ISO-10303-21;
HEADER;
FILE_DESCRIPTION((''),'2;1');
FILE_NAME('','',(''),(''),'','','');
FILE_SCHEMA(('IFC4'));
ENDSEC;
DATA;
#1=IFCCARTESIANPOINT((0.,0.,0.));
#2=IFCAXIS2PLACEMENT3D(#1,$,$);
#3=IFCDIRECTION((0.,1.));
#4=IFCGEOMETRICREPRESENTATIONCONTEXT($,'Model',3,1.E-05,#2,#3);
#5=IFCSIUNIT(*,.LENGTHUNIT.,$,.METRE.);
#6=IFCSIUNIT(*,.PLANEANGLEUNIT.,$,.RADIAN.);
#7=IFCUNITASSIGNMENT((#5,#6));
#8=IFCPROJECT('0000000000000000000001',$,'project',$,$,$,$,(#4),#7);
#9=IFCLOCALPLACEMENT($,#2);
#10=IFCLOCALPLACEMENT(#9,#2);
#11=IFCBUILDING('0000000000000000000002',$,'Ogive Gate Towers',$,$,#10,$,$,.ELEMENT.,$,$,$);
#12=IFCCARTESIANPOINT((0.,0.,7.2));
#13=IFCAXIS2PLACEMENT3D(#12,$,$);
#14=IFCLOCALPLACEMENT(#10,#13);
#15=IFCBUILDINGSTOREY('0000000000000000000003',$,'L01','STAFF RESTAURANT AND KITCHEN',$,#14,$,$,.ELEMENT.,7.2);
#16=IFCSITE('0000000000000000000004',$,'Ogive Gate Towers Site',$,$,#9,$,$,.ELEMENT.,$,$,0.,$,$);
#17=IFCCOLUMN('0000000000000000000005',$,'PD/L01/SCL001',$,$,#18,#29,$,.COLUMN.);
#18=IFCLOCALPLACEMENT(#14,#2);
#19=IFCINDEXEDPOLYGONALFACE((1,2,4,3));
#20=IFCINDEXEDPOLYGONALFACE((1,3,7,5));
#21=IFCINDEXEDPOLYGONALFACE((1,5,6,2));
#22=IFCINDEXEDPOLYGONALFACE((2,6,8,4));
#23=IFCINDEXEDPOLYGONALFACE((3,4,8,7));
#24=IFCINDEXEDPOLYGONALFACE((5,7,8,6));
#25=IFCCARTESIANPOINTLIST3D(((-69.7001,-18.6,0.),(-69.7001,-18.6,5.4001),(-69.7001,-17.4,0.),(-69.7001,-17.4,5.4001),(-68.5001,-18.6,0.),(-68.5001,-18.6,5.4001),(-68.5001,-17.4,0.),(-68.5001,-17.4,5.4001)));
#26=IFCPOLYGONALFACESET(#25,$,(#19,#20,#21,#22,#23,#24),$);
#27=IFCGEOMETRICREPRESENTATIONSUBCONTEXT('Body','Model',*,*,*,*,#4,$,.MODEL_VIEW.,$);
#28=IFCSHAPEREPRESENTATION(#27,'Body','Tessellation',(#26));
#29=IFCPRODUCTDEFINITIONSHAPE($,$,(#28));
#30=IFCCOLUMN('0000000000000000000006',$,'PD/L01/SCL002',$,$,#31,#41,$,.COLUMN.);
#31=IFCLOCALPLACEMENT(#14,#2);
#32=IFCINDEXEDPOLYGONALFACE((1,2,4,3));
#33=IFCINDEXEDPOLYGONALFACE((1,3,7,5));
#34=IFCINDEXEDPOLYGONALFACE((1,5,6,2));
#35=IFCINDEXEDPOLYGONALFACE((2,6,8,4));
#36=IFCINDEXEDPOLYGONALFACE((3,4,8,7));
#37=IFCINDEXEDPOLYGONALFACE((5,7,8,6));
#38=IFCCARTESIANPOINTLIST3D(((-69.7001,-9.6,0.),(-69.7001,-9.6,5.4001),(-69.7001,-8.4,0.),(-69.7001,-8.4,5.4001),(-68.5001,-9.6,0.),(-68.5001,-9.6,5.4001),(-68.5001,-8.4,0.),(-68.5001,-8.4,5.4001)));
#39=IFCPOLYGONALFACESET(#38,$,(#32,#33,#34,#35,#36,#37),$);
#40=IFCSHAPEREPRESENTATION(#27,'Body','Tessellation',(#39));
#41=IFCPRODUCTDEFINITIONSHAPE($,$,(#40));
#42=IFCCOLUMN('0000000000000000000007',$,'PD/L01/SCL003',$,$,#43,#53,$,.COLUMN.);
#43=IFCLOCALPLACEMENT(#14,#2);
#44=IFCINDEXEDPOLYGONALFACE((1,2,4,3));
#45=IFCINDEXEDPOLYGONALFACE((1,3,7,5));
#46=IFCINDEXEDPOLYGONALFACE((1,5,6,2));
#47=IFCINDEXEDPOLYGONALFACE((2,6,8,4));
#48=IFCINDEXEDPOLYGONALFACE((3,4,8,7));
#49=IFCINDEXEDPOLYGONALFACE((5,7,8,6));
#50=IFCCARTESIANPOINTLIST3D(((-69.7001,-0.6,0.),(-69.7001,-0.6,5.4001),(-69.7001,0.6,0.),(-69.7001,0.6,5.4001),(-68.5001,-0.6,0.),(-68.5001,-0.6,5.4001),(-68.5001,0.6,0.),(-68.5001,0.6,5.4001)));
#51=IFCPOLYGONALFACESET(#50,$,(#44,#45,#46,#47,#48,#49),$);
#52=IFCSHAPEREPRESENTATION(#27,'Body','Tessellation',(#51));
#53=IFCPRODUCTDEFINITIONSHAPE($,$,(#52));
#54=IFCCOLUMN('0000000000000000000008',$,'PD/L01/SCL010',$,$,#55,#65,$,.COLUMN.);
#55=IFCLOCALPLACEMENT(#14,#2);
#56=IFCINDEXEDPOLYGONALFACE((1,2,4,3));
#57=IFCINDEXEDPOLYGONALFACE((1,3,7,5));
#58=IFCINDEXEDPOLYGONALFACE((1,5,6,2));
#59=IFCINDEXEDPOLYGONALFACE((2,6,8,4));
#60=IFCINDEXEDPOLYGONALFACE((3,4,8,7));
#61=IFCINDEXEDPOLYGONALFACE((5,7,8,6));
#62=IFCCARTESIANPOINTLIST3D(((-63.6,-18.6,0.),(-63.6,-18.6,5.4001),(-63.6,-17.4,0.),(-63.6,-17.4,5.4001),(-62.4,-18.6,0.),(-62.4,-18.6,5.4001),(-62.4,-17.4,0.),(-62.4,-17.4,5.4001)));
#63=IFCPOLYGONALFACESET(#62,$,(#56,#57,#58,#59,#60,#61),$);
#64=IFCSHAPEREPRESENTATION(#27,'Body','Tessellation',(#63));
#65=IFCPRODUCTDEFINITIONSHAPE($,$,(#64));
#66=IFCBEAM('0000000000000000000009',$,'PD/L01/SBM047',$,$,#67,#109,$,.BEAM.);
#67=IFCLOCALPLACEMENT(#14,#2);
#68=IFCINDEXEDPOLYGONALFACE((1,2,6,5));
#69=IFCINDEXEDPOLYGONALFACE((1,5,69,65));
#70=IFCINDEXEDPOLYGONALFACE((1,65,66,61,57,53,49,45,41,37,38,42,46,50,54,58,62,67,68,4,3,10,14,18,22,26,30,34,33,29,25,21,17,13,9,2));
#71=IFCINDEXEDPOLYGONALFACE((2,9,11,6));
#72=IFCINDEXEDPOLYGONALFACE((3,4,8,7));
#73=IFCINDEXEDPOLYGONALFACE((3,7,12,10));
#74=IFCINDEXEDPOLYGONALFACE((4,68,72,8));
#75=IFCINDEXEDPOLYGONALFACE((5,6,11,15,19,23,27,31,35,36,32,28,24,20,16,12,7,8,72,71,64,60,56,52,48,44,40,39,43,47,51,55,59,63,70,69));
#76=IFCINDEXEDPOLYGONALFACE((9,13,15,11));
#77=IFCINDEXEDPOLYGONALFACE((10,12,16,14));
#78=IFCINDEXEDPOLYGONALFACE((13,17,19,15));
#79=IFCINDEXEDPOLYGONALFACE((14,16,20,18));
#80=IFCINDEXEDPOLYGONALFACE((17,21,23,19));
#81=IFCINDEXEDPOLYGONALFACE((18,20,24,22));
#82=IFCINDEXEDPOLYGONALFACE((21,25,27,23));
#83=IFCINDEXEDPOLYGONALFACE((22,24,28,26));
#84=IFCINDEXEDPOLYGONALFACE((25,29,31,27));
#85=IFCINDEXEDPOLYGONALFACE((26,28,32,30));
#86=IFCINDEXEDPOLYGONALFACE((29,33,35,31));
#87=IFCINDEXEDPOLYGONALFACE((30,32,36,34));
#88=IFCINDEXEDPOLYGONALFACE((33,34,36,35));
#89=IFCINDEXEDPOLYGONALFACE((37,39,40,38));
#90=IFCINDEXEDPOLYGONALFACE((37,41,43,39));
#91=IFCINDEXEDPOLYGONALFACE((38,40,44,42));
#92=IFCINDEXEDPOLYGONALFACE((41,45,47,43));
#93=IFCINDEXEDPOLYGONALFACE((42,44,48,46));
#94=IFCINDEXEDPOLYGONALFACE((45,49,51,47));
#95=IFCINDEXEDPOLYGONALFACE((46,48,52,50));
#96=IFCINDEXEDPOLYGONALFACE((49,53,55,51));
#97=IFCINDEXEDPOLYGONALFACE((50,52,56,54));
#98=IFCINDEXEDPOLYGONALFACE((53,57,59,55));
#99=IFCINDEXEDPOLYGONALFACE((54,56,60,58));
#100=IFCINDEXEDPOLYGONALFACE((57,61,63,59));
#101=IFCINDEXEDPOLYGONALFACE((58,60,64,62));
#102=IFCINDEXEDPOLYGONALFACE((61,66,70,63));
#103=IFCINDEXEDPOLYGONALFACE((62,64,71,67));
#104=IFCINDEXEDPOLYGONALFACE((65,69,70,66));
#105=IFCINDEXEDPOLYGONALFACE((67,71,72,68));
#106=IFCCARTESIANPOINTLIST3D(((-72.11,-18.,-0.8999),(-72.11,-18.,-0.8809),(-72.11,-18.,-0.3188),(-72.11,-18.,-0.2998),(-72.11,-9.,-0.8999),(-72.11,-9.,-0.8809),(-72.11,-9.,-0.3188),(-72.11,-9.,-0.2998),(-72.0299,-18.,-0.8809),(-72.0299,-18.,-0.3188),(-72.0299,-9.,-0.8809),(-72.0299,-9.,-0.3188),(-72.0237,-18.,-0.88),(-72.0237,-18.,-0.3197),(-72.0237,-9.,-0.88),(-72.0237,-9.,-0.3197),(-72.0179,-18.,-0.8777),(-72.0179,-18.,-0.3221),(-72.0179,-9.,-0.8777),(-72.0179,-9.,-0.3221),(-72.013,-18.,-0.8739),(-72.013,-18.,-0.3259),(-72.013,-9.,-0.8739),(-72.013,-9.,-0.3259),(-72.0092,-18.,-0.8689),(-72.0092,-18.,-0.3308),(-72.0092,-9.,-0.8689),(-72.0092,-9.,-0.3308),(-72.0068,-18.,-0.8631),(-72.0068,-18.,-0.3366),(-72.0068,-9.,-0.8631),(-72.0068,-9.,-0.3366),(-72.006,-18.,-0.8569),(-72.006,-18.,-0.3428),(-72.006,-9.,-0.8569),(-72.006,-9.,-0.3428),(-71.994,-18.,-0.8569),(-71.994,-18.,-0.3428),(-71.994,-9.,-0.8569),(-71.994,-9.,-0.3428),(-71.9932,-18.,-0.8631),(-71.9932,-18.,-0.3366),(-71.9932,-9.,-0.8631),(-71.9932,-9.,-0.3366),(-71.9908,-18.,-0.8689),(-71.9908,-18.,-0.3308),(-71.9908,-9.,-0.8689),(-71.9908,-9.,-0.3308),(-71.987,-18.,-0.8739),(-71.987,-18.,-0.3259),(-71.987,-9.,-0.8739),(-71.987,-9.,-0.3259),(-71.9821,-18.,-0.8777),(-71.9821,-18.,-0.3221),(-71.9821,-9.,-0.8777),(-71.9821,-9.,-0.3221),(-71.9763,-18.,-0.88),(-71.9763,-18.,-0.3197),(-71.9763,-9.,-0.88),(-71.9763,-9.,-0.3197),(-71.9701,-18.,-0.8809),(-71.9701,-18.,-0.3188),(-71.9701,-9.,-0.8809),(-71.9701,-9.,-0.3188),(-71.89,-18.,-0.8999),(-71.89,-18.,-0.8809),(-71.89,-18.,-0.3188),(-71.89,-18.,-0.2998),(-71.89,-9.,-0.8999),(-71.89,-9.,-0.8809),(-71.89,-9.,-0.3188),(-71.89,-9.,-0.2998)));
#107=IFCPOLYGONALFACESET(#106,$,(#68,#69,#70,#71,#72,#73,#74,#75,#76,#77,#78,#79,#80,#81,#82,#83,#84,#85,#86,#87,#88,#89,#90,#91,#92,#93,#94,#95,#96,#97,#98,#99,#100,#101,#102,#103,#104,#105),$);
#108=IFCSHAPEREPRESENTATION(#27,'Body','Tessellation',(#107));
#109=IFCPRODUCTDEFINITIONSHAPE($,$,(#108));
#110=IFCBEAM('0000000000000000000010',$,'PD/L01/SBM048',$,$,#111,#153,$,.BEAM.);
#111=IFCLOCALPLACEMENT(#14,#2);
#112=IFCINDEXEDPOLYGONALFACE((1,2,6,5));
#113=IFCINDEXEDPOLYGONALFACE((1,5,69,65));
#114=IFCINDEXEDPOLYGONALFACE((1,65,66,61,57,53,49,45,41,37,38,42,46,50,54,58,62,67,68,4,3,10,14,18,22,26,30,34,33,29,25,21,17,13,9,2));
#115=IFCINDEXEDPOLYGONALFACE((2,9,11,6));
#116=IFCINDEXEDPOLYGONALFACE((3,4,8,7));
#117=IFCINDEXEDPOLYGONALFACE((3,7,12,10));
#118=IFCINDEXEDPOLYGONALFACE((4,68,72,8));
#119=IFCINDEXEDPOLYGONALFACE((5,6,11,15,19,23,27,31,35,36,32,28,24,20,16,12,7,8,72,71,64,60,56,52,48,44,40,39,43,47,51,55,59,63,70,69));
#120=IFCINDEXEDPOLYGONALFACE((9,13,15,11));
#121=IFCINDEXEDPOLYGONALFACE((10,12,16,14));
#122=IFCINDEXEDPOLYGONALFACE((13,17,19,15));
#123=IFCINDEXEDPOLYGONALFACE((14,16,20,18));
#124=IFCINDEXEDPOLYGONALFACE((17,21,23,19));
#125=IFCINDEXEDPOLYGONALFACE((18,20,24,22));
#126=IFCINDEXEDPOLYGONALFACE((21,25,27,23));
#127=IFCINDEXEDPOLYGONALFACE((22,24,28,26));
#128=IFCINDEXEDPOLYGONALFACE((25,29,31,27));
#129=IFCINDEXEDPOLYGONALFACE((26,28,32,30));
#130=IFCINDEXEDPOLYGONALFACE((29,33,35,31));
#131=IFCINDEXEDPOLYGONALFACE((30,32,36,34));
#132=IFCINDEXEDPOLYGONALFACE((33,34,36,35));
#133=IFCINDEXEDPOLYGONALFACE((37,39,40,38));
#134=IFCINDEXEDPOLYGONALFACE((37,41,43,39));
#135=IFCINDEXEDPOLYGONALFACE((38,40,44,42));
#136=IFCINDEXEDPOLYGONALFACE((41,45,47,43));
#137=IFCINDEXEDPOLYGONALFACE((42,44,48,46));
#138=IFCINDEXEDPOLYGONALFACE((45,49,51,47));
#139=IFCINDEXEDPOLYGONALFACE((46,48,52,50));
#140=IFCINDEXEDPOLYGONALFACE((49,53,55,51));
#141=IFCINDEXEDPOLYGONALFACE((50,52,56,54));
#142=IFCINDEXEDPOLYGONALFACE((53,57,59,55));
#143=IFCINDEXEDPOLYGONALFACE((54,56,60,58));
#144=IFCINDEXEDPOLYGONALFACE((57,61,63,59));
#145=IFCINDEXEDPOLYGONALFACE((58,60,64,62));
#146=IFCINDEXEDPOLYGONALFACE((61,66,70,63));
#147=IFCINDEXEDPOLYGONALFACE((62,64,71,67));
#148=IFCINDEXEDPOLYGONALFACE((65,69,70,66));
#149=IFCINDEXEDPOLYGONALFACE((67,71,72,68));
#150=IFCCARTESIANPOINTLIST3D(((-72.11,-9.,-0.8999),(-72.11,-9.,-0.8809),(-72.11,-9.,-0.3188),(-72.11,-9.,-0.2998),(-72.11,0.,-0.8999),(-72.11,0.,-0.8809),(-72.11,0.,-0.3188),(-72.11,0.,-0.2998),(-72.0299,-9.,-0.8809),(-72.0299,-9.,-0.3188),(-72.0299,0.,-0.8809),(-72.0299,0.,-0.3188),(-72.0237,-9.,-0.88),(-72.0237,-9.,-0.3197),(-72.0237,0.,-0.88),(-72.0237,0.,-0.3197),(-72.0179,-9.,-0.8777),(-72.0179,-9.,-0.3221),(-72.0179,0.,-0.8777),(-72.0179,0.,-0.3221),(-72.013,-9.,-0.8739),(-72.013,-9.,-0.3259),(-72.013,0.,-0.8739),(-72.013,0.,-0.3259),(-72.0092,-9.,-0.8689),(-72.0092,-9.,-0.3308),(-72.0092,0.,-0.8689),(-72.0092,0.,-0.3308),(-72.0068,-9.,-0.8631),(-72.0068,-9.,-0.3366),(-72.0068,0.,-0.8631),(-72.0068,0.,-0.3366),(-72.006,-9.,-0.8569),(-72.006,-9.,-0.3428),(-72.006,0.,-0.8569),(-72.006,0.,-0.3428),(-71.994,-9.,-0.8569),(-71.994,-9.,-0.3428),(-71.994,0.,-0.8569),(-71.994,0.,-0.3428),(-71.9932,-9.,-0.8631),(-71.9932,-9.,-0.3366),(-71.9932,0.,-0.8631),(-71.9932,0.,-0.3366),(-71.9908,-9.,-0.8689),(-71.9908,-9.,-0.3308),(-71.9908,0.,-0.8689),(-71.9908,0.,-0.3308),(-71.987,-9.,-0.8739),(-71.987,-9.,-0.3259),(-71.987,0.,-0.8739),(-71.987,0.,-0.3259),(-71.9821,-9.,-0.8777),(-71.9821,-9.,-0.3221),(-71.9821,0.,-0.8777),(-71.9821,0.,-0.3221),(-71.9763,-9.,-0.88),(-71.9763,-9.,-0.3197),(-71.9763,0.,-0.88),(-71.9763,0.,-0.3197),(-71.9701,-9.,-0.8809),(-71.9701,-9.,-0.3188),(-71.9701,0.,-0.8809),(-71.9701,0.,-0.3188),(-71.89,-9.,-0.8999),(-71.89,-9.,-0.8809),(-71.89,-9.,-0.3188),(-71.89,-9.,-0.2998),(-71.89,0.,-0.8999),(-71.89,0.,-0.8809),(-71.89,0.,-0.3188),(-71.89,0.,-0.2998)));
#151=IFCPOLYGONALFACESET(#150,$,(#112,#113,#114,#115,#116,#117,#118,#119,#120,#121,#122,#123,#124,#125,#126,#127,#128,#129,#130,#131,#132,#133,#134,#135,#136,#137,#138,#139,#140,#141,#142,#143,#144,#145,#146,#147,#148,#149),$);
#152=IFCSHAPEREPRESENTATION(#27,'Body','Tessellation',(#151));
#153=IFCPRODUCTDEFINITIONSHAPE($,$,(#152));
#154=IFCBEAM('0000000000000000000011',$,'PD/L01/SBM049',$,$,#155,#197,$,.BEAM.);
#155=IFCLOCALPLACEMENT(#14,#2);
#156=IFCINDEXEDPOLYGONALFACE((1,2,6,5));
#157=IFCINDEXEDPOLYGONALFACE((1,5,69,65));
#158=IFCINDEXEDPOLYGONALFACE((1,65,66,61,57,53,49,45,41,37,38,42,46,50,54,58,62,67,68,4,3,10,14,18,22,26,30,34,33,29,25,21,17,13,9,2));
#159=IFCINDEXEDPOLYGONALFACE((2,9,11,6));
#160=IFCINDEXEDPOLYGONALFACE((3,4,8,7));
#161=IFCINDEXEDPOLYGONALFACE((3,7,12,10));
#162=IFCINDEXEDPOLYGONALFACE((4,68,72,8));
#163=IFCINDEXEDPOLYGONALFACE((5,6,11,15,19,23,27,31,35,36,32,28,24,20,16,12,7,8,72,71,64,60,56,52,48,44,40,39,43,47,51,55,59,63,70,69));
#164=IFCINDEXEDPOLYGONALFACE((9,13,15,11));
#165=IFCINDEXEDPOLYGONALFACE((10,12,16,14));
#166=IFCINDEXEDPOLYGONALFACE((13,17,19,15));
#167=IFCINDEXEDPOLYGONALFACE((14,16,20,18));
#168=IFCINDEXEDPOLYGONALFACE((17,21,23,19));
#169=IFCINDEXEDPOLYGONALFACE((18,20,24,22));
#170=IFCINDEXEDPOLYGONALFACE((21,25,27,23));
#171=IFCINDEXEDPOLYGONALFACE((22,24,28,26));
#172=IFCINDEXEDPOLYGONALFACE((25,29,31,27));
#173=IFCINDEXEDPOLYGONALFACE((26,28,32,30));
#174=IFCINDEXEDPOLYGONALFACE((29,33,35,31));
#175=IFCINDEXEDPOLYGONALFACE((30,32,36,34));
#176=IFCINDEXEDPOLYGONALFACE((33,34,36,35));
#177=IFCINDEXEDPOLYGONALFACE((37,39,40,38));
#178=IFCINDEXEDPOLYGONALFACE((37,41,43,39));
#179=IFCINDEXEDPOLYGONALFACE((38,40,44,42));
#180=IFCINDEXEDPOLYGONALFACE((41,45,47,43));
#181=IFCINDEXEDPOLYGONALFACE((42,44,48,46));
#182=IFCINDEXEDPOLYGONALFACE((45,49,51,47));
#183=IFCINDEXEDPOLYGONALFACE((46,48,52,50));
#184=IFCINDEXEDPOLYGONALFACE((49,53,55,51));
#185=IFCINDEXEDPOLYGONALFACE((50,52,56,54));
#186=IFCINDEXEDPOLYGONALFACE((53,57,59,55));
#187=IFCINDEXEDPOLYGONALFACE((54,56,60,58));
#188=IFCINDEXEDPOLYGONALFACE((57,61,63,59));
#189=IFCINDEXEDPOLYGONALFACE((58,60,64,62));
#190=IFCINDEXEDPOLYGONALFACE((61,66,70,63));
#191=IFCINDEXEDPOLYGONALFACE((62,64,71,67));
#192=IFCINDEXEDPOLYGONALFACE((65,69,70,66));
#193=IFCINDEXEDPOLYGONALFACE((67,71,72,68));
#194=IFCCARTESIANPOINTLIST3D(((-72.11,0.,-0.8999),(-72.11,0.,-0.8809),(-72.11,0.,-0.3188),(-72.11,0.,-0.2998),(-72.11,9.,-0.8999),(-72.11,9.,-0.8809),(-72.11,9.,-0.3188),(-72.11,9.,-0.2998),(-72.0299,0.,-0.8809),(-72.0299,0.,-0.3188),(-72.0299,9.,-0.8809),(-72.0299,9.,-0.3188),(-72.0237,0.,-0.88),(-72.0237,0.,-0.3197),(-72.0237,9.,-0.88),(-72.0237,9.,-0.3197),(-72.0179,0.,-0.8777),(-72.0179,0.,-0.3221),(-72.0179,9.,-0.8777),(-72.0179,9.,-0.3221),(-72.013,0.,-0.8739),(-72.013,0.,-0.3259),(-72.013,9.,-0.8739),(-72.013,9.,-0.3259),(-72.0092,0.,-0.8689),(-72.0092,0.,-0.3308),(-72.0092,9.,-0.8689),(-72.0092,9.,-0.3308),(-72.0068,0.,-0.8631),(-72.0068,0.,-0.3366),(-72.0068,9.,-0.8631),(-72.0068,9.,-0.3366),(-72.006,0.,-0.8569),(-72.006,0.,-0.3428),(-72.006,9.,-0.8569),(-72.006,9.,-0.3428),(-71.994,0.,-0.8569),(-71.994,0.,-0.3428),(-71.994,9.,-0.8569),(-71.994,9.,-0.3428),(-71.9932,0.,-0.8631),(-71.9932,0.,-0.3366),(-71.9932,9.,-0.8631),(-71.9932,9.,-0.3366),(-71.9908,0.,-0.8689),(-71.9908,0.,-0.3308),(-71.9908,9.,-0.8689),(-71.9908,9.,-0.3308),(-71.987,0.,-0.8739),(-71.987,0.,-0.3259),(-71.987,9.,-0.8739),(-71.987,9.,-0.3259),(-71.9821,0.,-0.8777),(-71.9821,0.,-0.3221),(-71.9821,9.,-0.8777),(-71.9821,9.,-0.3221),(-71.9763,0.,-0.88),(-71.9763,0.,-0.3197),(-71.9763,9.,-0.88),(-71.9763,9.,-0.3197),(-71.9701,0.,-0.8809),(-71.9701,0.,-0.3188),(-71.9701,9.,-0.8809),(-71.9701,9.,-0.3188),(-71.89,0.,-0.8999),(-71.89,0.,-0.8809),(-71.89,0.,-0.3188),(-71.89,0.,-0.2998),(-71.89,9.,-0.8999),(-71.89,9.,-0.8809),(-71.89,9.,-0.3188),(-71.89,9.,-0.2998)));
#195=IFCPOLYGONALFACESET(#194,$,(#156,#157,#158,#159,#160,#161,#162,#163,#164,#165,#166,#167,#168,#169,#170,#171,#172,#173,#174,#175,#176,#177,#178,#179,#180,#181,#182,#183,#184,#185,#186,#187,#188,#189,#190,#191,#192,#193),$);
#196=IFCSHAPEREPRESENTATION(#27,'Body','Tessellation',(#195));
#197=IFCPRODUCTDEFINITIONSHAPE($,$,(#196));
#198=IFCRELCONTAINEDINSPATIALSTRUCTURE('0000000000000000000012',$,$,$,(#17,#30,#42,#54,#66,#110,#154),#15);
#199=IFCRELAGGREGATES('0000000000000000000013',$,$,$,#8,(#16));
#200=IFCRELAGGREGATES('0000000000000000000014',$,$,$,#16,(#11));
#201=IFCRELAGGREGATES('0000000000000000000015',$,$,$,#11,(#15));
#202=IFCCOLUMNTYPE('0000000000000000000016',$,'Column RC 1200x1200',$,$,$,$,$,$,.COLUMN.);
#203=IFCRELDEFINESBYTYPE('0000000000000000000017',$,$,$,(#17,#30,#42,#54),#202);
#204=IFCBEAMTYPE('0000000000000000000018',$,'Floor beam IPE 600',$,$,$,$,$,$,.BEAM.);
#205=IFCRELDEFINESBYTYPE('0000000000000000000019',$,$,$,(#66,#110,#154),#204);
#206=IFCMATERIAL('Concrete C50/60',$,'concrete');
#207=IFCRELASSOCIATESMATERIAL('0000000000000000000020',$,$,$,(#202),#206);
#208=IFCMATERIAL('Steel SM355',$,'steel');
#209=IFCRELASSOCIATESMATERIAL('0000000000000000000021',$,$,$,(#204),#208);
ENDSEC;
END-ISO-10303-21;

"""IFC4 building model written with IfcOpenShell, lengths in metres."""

from ifc_helpers import new_model, si_unit, direction, frame, origin, origin_2d, place, context, subcontext, project, spatial, rectangle, i_section, extrude, material, material_profile, profile_set, type_object, element, save


model = new_model("IFC4")

# Units and contexts
model_context = context("Model", 3, precision=1e-05, world=origin(), true_north=direction((0.0, 1.0)))
body_context = subcontext(model_context, "Body", "Model", "MODEL_VIEW")
ifc_project = project(units=[si_unit("LENGTHUNIT", "METRE"), si_unit("PLANEANGLEUNIT", "RADIAN")], contexts=[model_context])

# Site, building, storey
site_placement = place(None, origin())
site = spatial("IfcSite", under=ifc_project, at=site_placement, Name="Ogive Gate Towers Site", CompositionType="ELEMENT", RefElevation=0.0)
building_placement = place(site_placement, origin())
building = spatial("IfcBuilding", under=site, at=building_placement, Name="Ogive Gate Towers", CompositionType="ELEMENT")
storey_placement = place(building_placement, frame((0.0, 0.0, 7.2)))
storey = spatial("IfcBuildingStorey", under=building, at=storey_placement, Name="L01", Description="STAFF RESTAURANT AND KITCHEN", CompositionType="ELEMENT", Elevation=7.2)

# Columns
ifc_material_1 = material(Name="Concrete C50/60", Category="concrete")
ifc_material_profile_1 = material_profile(ifc_material_1, rectangle(XDim=1.2, YDim=1.2, at=origin_2d()), Name="RC 1200x1200")
ifc_profile_set_1 = profile_set([ifc_material_profile_1], Name="Concrete C50/60")
column_type = type_object("IfcColumnType", Name="Column RC 1200x1200", PredefinedType="COLUMN", material=ifc_profile_set_1)
for number, where, z_axis, x_axis, name in (
    (1, (-69.1001, -18.0, 0.0), (0.0, 0.0, 1.0), (1.0, 0.0, 0.0), "PD/L01/SCL001"),
    (2, (-69.1001, -9.0, 0.0), (0.0, 0.0, 1.0), (1.0, 0.0, 0.0), "PD/L01/SCL002"),
    (3, (-69.1001, 0.0, 0.0), (0.0, 0.0, 1.0), (1.0, 0.0, 0.0), "PD/L01/SCL003"),
    (4, (-63.0, -18.0, 0.0), (0.0, 0.0, 1.0), (1.0, 0.0, 0.0), "PD/L01/SCL010"),
):
    element("IfcColumn", number, at=place(storey_placement, frame(where, z_axis=z_axis, x_axis=x_axis)), inside=storey, type_object=column_type, Name=name, PredefinedType="COLUMN", context=body_context, shape_type="SweptSolid", body=[
        extrude(rectangle(XDim=1.2, YDim=1.2, at=origin_2d()), origin(), (0.0, 0.0, 1.0), 5.4001),
    ])

# Beams
ifc_material_2 = material(Name="Steel SM355", Category="steel")
ifc_material_profile_2 = material_profile(ifc_material_2, i_section(OverallWidth=0.22, OverallDepth=0.6001, WebThickness=0.012, FlangeThickness=0.019, FilletRadius=0.0239, at=origin_2d()), Name="IPE 600")
ifc_profile_set_2 = profile_set([ifc_material_profile_2], Name="Steel SM355")
beam_type_1 = type_object("IfcBeamType", Name="Floor beam IPE 600", PredefinedType="BEAM", material=ifc_profile_set_2)
for number, where, z_axis, x_axis, name in (
    (5, (-72.0, -18.0, -0.5999), (0.0, 1.0, 0.0), (-1.0, 0.0, 0.0), "PD/L01/SBM047"),
    (6, (-72.0, -9.0, -0.5999), (0.0, 1.0, 0.0), (-1.0, 0.0, 0.0), "PD/L01/SBM048"),
    (7, (-72.0, 0.0, -0.5999), (0.0, 1.0, 0.0), (-1.0, 0.0, 0.0), "PD/L01/SBM049"),
):
    element("IfcBeam", number, at=place(storey_placement, frame(where, z_axis=z_axis, x_axis=x_axis)), inside=storey, type_object=beam_type_1, Name=name, PredefinedType="BEAM", context=body_context, shape_type="SweptSolid", body=[
        extrude(i_section(OverallWidth=0.22, OverallDepth=0.6001, WebThickness=0.012, FlangeThickness=0.019, FilletRadius=0.0239, at=origin_2d()), origin(), (0.0, 0.0, 1.0), 9.0),
    ])

save(model, "model.ifc")
